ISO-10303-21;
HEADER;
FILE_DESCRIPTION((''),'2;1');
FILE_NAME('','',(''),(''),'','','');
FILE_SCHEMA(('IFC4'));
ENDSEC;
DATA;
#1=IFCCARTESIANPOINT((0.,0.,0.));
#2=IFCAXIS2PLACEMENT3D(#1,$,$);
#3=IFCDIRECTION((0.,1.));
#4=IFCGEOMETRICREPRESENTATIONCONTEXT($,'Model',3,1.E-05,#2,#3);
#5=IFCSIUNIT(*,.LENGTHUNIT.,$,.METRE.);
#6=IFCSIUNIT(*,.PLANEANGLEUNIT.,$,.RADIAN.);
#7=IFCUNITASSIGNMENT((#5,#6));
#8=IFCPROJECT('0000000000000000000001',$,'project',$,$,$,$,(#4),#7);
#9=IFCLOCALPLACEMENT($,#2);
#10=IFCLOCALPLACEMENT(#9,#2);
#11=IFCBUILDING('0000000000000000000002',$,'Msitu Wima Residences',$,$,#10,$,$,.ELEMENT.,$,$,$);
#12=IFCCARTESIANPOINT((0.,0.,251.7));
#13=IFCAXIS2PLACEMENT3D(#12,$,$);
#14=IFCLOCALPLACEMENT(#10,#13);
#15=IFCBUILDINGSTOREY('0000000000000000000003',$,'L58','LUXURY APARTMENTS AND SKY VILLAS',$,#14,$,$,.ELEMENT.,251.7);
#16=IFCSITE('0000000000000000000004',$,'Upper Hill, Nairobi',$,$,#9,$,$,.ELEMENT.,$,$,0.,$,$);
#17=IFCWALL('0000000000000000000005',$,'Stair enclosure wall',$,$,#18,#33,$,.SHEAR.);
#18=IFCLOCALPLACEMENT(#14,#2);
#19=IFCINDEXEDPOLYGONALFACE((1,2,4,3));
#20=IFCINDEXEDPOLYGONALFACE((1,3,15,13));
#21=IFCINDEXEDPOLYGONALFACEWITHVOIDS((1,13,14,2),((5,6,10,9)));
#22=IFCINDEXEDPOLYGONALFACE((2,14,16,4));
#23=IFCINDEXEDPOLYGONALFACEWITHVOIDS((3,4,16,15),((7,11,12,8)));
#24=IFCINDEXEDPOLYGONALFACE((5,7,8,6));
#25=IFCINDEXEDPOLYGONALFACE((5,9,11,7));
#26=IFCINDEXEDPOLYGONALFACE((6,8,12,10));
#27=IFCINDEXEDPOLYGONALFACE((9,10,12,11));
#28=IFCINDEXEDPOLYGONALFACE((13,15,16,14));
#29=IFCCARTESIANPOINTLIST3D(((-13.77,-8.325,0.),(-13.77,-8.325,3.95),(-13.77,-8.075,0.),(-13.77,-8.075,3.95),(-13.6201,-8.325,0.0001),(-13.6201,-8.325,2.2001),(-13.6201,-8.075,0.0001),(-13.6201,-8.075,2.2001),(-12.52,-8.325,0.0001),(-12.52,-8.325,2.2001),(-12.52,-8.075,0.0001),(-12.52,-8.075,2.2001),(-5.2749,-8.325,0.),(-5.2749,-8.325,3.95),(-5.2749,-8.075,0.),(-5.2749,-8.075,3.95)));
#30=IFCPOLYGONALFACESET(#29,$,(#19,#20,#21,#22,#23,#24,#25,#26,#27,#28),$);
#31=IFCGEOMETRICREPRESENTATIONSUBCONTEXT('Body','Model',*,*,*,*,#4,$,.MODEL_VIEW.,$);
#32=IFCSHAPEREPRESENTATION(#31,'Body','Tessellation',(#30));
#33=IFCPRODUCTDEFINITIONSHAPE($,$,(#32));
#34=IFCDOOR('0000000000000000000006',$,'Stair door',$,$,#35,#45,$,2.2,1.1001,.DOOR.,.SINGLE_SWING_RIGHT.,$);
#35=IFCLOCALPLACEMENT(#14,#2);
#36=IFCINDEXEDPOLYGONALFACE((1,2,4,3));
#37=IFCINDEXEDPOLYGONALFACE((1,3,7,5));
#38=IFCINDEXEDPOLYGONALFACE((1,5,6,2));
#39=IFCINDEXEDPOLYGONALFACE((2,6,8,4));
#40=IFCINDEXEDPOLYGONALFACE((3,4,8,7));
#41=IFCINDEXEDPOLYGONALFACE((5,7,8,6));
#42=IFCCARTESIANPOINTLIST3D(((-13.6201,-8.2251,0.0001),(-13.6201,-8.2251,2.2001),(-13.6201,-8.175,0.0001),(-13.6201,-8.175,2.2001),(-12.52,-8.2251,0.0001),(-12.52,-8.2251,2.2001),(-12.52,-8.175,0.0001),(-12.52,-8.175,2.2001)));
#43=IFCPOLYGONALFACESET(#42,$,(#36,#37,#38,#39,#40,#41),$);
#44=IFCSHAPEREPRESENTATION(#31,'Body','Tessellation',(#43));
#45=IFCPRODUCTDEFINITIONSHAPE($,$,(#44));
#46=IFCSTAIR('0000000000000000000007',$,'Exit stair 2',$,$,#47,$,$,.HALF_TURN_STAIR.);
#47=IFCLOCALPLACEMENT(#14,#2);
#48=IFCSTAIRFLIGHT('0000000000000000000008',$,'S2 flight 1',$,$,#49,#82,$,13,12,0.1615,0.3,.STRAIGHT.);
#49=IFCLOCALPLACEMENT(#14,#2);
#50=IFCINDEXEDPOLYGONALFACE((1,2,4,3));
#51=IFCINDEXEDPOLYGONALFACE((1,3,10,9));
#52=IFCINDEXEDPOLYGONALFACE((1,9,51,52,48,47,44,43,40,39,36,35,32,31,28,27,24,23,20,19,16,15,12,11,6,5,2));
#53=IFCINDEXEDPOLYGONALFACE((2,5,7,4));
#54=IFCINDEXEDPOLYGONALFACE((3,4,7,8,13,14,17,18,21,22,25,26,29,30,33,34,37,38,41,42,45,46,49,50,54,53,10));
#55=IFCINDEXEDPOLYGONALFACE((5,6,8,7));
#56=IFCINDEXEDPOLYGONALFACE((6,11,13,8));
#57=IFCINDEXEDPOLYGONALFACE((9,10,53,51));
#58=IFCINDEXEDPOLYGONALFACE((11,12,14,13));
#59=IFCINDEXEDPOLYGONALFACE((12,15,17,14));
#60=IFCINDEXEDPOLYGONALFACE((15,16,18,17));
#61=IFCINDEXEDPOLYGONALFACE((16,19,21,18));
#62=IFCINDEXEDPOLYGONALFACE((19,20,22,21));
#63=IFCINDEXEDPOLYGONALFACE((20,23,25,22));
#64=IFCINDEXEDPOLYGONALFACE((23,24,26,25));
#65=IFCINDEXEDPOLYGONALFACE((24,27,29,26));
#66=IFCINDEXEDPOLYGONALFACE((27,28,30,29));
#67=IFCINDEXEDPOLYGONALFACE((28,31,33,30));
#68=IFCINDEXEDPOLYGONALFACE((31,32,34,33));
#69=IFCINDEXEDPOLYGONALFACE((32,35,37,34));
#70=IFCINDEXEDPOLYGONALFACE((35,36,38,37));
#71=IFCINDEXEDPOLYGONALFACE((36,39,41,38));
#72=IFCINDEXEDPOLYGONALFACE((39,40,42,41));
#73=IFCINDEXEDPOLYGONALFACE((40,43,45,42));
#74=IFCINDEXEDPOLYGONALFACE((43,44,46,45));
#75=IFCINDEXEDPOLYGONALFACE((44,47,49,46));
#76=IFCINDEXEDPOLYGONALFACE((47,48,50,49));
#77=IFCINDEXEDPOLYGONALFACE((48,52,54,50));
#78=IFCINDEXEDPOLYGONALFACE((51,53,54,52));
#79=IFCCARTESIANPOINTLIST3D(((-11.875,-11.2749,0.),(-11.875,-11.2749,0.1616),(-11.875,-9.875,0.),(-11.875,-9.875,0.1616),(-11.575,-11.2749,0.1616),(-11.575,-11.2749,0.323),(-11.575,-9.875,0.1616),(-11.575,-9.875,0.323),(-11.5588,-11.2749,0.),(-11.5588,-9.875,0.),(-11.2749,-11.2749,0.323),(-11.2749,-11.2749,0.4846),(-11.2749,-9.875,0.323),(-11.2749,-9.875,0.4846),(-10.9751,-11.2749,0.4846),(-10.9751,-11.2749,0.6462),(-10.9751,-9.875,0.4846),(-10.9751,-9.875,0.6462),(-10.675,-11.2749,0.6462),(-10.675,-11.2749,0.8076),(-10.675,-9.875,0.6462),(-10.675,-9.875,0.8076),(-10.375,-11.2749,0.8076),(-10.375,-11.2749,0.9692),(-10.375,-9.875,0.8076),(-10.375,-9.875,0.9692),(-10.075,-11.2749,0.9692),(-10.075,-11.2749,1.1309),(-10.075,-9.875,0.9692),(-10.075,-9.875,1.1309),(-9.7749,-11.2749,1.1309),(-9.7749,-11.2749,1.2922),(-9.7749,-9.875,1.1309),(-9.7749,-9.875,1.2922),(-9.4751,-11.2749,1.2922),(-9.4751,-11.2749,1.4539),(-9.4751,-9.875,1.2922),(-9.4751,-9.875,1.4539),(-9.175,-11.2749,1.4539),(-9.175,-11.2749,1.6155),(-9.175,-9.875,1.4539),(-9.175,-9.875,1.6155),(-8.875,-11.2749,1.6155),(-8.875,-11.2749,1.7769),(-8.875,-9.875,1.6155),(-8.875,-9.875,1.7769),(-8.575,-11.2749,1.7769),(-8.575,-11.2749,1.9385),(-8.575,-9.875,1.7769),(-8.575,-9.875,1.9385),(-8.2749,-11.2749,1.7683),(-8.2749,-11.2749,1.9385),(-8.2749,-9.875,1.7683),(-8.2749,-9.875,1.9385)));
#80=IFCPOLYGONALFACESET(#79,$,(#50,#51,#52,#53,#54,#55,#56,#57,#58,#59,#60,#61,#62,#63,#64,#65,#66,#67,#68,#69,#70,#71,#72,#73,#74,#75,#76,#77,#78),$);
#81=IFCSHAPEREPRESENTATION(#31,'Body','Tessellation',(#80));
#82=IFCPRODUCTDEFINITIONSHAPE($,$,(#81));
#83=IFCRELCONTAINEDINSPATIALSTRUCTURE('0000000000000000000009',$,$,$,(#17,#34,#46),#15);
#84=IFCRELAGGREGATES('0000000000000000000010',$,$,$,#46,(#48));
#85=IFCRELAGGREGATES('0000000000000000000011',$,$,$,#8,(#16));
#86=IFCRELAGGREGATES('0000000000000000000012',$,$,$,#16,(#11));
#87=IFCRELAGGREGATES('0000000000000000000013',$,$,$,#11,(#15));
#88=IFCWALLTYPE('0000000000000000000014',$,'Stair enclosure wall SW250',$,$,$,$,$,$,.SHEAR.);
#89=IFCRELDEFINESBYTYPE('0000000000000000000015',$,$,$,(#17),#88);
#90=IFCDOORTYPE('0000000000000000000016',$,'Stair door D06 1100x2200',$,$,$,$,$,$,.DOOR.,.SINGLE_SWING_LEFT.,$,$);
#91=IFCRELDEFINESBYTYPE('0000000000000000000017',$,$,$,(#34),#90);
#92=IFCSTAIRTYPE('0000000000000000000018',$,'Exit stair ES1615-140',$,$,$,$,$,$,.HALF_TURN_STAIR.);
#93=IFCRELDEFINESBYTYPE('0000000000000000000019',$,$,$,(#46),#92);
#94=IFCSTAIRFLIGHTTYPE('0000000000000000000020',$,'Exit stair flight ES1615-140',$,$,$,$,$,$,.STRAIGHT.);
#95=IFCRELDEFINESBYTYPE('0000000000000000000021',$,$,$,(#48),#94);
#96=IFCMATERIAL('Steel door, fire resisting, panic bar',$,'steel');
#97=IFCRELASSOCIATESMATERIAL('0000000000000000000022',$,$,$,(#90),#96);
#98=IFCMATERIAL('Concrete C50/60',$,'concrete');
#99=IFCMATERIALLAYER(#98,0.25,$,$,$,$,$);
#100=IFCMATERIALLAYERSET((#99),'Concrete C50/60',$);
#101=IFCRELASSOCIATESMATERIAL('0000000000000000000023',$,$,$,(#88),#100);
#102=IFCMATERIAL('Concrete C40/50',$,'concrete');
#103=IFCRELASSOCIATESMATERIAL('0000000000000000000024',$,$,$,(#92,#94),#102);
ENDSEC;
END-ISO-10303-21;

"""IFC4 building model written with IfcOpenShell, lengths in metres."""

from ifc_helpers import new_model, si_unit, direction, frame, frame_2d, origin, place, context, subcontext, project, spatial, polyline, rectangle, outline, extrude, material, layer, layer_set, type_object, element, fill, aggregate, save


model = new_model("IFC4")

# Units and contexts
model_context = context("Model", 3, precision=1e-05, world=origin(), true_north=direction((0.0, 1.0)))
body_context = subcontext(model_context, "Body", "Model", "MODEL_VIEW")
ifc_project = project(units=[si_unit("LENGTHUNIT", "METRE"), si_unit("PLANEANGLEUNIT", "RADIAN")], contexts=[model_context])

# Site, building, storey
site_placement = place(None, origin())
site = spatial("IfcSite", under=ifc_project, at=site_placement, Name="Upper Hill, Nairobi", CompositionType="ELEMENT", RefElevation=0.0)
building_placement = place(site_placement, origin())
building = spatial("IfcBuilding", under=site, at=building_placement, Name="Msitu Wima Residences", CompositionType="ELEMENT")
storey_placement = place(building_placement, frame((0.0, 0.0, 251.7)))
storey = spatial("IfcBuildingStorey", under=building, at=storey_placement, Name="L58", Description="LUXURY APARTMENTS AND SKY VILLAS", CompositionType="ELEMENT", Elevation=251.7)

# Shared definitions
ifc_material_1 = material(Name="Concrete C50/60", Category="concrete")

# Shared definitions
ifc_material_2 = material(Name="Steel door, fire resisting, panic bar", Category="steel")
door_type_1 = type_object("IfcDoorType", Name="Stair door D06 1100x2200", OperationType="SINGLE_SWING_LEFT", PredefinedType="DOOR", material=ifc_material_2)

# Wall, opening, door
ifc_layer_1 = layer(ifc_material_1, 0.25)
ifc_layer_set_1 = layer_set([ifc_layer_1], Name="Concrete C50/60")
wall_type_1 = type_object("IfcWallType", Name="Stair enclosure wall SW250", PredefinedType="SHEAR", material=ifc_layer_set_1)
wall_1_placement = place(storey_placement, frame((-13.77, -8.2, 0.0), z_axis=(0.0, 0.0, 1.0), x_axis=(1.0, 0.0, 0.0)))
wall_1 = element("IfcWall", 1, at=wall_1_placement, inside=storey, type_object=wall_type_1, Name="Stair enclosure wall", PredefinedType="SHEAR", context=body_context, shape_type="SweptSolid", body=[
    extrude(rectangle(XDim=8.4951, YDim=0.25, at=frame_2d((4.2476, 0.0))), origin(), (0.0, 0.0, 1.0), 3.95),
])
opening_1_placement = place(wall_1_placement, frame((0.1499, 0.0, 0.0)))
opening_1 = element("IfcOpeningElement", 2, at=opening_1_placement, cuts=wall_1, PredefinedType="OPENING", context=body_context, shape_type="SweptSolid", body=[
    extrude(rectangle(XDim=1.1001, YDim=2.2, at=frame_2d((0.55, 1.1001))), frame((0.0, 0.135, 0.0), z_axis=(0.0, -1.0, 0.0), x_axis=(1.0, 0.0, 0.0)), (0.0, 0.0, 1.0), 0.27),
])
door_1_placement = place(opening_1_placement, origin())
door_1 = element("IfcDoor", 3, at=door_1_placement, inside=storey, type_object=door_type_1, Name="Stair door", OperationType="SINGLE_SWING_RIGHT", OverallHeight=2.2, OverallWidth=1.1001, PredefinedType="DOOR", context=body_context, shape_type="SweptSolid", body=[
    extrude(rectangle(XDim=1.1001, YDim=2.2, at=frame_2d((0.55, 1.1001))), frame((0.0, 0.0249, 0.0), z_axis=(0.0, -1.0, 0.0), x_axis=(1.0, 0.0, 0.0)), (0.0, 0.0, 1.0), 0.05),
])
fill(opening_1, door_1)

# Stair, stair flight
ifc_material_3 = material(Name="Concrete C40/50", Category="concrete")
stair_type = type_object("IfcStairType", Name="Exit stair ES1615-140", PredefinedType="HALF_TURN_STAIR", material=ifc_material_3)
stair_placement = place(storey_placement, origin())
stair = element("IfcStair", 4, at=stair_placement, inside=storey, type_object=stair_type, Name="Exit stair 2", PredefinedType="HALF_TURN_STAIR")
stair_flight_type = type_object("IfcStairFlightType", Name="Exit stair flight ES1615-140", PredefinedType="STRAIGHT", material=ifc_material_3)
stair_flight_placement = place(storey_placement, frame((-11.875, -10.575, 0.0), z_axis=(0.0, 0.0, 1.0), x_axis=(1.0, 0.0, 0.0)))
stair_flight = element("IfcStairFlight", 5, at=stair_flight_placement, type_object=stair_flight_type, Name="S2 flight 1", NumberOfRisers=13, NumberOfTreads=12, PredefinedType="STRAIGHT", RiserHeight=0.1615, TreadLength=0.3, context=body_context, shape_type="SweptSolid", body=[
    extrude(outline(polyline([(0.0, 0.0), (0.0, 0.1616), (0.3, 0.1616), (0.3, 0.323), (0.6001, 0.323), (0.6001, 0.4846), (0.8999, 0.4846), (0.8999, 0.6462), (1.2, 0.6462), (1.2, 0.8076), (1.5, 0.8076), (1.5, 0.9692), (1.8, 0.9692), (1.8, 1.1309), (2.1001, 1.1309), (2.1001, 1.2922), (2.3999, 1.2922), (2.3999, 1.4539), (2.7, 1.4539), (2.7, 1.6155), (3.0, 1.6155), (3.0, 1.7769), (3.3, 1.7769), (3.3, 1.9385), (3.6001, 1.9385), (3.6001, 2.1001), (3.6001, 1.7683), (0.3162, 0.0), (0.0, 0.0)])), frame((0.0, 0.7, 0.0), z_axis=(0.0, -1.0, 0.0), x_axis=(1.0, 0.0, 0.0)), (0.0, 0.0, 1.0), 1.3999),
])
aggregate(stair, [stair_flight])

save(model, "model.ifc")
